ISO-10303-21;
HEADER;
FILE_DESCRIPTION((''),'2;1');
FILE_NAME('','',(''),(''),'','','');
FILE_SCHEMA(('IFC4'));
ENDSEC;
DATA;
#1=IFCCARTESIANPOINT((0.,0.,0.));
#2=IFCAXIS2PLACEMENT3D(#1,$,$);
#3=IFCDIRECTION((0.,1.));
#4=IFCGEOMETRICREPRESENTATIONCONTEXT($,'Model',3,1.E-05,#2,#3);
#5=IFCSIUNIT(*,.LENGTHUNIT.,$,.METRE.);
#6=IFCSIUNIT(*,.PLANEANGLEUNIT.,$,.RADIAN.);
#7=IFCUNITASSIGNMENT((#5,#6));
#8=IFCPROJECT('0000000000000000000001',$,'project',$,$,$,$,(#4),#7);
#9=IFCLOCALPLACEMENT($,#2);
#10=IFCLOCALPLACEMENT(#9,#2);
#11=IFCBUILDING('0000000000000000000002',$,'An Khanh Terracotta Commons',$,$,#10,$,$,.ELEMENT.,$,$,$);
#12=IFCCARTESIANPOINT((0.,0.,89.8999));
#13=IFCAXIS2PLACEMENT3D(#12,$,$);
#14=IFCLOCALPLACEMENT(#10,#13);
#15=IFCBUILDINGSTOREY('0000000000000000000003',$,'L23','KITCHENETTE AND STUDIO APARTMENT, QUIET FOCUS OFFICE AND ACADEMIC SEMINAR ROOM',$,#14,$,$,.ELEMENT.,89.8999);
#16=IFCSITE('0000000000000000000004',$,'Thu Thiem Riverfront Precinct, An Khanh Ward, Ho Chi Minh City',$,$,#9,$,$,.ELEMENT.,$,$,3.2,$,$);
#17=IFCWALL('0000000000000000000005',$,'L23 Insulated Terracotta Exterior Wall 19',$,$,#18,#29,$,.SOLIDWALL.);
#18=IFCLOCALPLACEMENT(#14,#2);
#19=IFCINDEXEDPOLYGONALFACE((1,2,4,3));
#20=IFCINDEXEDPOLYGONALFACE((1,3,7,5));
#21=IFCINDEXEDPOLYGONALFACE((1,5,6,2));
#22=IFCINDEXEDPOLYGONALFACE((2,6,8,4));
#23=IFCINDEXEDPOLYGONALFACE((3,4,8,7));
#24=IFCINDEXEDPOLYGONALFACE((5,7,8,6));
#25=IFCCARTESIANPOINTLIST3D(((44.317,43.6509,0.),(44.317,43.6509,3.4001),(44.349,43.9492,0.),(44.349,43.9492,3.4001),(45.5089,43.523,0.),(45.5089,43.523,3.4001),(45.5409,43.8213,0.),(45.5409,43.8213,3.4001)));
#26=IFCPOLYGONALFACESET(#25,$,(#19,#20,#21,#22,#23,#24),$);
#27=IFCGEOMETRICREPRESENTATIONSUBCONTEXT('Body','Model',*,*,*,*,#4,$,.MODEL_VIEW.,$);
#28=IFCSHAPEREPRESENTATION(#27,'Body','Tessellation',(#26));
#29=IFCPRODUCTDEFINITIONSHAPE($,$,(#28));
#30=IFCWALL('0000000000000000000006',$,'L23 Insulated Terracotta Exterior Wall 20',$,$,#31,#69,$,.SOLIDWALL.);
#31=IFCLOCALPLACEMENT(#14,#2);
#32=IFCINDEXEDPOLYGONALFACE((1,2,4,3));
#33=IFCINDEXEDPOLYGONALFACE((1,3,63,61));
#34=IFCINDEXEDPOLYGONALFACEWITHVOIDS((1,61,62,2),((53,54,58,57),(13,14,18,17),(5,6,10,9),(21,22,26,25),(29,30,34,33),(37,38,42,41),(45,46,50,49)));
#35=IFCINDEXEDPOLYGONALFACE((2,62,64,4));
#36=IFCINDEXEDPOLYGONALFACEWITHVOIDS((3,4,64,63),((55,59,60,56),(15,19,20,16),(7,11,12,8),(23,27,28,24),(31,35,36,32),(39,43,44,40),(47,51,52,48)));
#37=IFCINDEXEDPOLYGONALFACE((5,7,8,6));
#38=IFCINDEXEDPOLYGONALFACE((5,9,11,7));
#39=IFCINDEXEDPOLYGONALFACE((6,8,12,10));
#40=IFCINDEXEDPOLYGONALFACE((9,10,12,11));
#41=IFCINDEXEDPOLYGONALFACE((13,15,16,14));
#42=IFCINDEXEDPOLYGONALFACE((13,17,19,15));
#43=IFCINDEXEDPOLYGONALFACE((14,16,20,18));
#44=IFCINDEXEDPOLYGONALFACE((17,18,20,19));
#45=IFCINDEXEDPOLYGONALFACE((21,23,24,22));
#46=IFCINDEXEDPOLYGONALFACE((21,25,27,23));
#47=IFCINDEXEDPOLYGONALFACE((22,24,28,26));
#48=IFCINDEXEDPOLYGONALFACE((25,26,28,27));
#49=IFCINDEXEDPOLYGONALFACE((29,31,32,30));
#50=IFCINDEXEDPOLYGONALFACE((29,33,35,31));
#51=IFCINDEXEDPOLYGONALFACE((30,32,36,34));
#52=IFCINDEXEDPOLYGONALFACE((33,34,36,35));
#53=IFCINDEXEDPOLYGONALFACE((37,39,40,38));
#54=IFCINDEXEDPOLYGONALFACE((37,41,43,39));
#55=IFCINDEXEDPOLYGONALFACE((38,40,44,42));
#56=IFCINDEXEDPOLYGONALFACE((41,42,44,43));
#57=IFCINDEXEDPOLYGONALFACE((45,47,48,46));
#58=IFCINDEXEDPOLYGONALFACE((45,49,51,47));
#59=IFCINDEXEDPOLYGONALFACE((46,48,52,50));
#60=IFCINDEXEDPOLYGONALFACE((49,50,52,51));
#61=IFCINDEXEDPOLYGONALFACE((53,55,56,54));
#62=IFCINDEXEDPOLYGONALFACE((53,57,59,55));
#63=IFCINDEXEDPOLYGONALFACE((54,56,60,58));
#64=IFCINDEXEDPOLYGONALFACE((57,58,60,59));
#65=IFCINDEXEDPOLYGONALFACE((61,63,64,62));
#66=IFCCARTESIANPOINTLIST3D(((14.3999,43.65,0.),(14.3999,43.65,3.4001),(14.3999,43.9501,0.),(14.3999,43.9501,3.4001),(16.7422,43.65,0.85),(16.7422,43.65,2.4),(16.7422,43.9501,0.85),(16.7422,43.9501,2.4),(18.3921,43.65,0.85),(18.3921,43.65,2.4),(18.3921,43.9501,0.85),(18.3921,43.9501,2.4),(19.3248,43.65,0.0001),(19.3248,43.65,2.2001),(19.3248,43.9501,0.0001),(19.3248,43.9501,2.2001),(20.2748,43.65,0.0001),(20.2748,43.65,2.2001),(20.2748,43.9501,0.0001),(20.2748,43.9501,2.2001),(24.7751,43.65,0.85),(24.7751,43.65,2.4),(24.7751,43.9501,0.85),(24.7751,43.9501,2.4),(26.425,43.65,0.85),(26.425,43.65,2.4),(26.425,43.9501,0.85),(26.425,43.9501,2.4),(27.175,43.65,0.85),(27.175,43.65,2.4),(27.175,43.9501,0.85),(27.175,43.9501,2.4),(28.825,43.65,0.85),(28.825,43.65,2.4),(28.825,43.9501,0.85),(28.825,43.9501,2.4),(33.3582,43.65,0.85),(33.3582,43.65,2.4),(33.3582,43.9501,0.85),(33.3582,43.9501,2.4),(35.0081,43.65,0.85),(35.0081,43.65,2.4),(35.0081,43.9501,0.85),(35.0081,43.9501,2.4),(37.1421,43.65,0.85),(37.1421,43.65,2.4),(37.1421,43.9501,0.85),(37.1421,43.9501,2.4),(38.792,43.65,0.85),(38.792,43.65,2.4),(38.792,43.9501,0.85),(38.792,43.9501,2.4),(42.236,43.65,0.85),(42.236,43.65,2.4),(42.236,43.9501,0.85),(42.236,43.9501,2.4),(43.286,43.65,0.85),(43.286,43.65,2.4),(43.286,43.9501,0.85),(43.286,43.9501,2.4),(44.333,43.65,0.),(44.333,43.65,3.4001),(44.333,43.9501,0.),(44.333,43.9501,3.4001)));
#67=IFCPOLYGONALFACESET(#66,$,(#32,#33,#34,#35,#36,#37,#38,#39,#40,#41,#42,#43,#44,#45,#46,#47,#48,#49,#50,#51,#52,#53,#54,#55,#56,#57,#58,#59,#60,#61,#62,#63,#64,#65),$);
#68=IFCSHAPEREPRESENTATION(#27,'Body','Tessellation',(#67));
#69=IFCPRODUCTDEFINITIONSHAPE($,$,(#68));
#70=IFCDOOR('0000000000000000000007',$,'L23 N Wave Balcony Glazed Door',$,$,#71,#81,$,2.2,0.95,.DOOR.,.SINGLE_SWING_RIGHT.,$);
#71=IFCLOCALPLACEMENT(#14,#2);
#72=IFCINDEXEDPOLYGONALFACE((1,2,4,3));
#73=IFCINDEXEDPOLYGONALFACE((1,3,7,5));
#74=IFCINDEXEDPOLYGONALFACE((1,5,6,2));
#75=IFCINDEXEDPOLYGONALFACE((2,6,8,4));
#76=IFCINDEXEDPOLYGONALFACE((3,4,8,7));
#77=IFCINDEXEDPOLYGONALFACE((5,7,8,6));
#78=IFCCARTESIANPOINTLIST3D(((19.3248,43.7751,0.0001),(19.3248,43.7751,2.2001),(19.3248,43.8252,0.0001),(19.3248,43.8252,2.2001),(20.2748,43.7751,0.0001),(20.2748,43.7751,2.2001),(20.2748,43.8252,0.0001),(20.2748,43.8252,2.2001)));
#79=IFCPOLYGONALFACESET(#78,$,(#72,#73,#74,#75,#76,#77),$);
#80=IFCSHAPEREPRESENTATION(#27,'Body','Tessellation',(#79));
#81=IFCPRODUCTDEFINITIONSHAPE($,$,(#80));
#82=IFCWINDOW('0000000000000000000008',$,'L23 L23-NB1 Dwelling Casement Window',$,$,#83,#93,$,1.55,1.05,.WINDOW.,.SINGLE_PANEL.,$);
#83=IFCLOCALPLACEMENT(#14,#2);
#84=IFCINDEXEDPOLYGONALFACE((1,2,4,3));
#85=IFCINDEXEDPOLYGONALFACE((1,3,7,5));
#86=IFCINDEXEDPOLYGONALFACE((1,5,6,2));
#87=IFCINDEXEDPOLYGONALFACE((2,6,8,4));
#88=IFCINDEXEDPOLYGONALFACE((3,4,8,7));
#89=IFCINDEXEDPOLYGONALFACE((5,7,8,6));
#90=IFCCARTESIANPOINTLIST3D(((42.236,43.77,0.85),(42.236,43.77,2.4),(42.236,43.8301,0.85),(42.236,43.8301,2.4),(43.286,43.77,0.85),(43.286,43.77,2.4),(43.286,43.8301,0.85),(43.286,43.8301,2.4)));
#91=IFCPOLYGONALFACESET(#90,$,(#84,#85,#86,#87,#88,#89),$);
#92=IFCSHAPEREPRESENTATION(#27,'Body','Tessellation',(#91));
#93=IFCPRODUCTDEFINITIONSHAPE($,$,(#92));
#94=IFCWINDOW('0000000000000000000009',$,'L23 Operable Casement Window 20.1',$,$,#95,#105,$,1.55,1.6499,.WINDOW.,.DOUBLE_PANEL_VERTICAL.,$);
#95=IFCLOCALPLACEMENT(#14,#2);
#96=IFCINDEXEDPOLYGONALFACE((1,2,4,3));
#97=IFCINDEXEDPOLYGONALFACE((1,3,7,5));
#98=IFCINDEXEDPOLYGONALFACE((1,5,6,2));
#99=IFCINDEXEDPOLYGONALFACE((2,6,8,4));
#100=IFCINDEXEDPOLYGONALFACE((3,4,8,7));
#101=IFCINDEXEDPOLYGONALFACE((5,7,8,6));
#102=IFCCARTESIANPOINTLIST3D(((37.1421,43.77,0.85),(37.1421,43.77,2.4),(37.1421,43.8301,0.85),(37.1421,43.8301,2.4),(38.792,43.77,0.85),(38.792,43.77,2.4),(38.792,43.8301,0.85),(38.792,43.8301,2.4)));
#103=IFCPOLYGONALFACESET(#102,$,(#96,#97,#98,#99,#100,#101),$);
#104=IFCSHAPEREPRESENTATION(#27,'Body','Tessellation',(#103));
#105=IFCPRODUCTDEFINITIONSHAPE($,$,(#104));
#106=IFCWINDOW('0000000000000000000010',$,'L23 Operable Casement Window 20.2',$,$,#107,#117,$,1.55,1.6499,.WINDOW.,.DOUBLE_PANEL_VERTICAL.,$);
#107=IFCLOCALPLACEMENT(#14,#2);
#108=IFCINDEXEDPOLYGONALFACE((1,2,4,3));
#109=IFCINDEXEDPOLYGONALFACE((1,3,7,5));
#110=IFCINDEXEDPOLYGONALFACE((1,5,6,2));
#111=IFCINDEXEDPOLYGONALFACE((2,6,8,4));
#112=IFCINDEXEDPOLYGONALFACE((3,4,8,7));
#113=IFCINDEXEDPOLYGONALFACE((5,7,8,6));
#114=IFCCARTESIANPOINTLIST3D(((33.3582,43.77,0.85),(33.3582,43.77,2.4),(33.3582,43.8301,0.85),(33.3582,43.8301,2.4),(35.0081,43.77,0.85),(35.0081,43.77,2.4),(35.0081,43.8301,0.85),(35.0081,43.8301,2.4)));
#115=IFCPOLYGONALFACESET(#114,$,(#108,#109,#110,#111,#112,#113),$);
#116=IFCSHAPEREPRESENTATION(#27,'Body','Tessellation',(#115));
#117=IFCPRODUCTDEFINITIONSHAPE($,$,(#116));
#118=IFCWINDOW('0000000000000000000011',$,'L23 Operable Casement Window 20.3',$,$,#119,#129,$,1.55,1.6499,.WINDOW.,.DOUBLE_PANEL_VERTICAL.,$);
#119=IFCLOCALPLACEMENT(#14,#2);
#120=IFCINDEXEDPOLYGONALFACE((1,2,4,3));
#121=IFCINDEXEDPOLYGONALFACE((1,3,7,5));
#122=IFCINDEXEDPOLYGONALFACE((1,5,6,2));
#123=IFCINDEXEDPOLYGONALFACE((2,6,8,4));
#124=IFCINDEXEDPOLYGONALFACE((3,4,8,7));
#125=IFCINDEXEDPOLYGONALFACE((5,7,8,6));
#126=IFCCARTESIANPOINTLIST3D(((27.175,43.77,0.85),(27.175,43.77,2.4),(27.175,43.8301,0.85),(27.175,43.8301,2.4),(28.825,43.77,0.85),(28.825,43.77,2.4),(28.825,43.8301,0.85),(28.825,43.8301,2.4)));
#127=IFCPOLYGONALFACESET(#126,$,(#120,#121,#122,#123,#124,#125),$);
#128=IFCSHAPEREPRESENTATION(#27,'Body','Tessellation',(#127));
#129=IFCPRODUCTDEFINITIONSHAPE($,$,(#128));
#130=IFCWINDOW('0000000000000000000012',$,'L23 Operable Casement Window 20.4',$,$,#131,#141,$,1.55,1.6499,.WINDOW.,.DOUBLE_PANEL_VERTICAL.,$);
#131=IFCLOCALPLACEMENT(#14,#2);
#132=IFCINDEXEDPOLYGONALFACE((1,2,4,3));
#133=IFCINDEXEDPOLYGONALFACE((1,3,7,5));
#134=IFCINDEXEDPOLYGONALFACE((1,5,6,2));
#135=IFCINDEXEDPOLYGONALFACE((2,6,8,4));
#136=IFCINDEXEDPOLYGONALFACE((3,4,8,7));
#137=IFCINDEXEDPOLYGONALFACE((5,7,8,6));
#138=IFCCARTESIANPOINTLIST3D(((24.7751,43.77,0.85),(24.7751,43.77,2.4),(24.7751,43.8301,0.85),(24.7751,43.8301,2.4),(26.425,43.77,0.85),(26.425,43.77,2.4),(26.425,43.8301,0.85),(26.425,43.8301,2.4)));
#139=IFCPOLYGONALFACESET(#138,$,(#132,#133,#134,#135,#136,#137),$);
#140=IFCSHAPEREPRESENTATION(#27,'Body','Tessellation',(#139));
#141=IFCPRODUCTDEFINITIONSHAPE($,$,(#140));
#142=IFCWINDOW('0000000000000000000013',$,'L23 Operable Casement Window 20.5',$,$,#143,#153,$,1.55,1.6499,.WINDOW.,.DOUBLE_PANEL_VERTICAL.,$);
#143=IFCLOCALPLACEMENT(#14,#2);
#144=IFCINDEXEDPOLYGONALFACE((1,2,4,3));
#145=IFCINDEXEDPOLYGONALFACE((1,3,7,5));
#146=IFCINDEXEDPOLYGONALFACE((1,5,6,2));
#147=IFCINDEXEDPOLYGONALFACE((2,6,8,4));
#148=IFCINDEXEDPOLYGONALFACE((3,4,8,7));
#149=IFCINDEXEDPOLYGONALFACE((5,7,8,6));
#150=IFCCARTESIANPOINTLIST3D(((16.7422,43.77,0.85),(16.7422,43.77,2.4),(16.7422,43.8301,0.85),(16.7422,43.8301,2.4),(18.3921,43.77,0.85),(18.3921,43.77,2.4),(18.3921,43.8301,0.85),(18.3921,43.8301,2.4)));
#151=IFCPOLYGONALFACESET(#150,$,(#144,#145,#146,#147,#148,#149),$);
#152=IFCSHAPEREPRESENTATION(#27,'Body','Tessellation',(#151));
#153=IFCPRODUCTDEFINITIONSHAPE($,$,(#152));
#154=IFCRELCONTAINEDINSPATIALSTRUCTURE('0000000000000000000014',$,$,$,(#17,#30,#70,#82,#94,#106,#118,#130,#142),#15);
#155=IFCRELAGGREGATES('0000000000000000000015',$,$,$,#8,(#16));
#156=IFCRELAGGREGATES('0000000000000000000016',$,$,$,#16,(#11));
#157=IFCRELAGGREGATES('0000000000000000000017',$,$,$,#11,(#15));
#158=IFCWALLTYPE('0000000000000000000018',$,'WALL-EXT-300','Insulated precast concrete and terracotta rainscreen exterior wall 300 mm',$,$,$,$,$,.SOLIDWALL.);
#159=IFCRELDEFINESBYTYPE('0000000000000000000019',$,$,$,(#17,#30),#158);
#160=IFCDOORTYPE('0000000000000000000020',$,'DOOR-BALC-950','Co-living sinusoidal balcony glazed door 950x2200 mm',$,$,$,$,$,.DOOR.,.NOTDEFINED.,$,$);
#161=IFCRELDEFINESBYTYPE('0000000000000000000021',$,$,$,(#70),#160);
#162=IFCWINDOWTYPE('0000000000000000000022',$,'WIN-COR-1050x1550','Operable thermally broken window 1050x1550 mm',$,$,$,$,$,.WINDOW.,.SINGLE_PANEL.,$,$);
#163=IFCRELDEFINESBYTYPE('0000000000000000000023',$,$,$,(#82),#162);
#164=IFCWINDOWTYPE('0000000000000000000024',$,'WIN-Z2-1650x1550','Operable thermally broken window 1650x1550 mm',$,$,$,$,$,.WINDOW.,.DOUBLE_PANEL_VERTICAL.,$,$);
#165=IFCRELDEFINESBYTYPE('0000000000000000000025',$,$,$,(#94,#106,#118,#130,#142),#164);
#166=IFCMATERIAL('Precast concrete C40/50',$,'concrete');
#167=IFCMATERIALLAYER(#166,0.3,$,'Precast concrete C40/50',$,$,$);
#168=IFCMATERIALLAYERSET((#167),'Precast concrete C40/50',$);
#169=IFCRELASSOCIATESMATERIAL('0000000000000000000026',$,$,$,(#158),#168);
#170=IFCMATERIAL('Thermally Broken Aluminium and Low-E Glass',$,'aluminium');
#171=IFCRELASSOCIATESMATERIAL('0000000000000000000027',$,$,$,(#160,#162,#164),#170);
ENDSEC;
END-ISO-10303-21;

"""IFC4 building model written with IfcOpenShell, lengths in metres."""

from ifc_helpers import new_model, si_unit, direction, frame, frame_2d, origin, place, context, subcontext, project, spatial, rectangle, extrude, material, layer, layer_set, type_object, element, fill, save


model = new_model("IFC4")

# Units and contexts
model_context = context("Model", 3, precision=1e-05, world=origin(), true_north=direction((0.0, 1.0)))
body_context = subcontext(model_context, "Body", "Model", "MODEL_VIEW")
ifc_project = project(units=[si_unit("LENGTHUNIT", "METRE"), si_unit("PLANEANGLEUNIT", "RADIAN")], contexts=[model_context])

# Site, building, storey
site_placement = place(None, origin())
site = spatial("IfcSite", under=ifc_project, at=site_placement, Name="Thu Thiem Riverfront Precinct, An Khanh Ward, Ho Chi Minh City", CompositionType="ELEMENT", RefElevation=3.2)
building_placement = place(site_placement, origin())
building = spatial("IfcBuilding", under=site, at=building_placement, Name="An Khanh Terracotta Commons", CompositionType="ELEMENT")
storey_placement = place(building_placement, frame((0.0, 0.0, 89.8999)))
storey = spatial("IfcBuildingStorey", under=building, at=storey_placement, Name="L23", Description="KITCHENETTE AND STUDIO APARTMENT, QUIET FOCUS OFFICE AND ACADEMIC SEMINAR ROOM", CompositionType="ELEMENT", Elevation=89.8999)

# Wall
ifc_material_1 = material(Name="Precast concrete C40/50", Category="concrete")
ifc_layer_1 = layer(ifc_material_1, 0.3, Name="Precast concrete C40/50")
ifc_layer_set_1 = layer_set([ifc_layer_1], Name="Precast concrete C40/50")
wall_type_1 = type_object("IfcWallType", Name="WALL-EXT-300", Description="Insulated precast concrete and terracotta rainscreen exterior wall 300 mm", PredefinedType="SOLIDWALL", material=ifc_layer_set_1)
wall_1_placement = place(storey_placement, frame((45.5249, 43.6721, 0.0), z_axis=(0.0, 0.0, 1.0), x_axis=(-0.994289, 0.10672, 0.0)))
element("IfcWall", 1, at=wall_1_placement, inside=storey, type_object=wall_type_1, Name="L23 Insulated Terracotta Exterior Wall 19", PredefinedType="SOLIDWALL", context=body_context, shape_type="SweptSolid", body=[
    extrude(rectangle(XDim=1.1987, YDim=0.3, at=frame_2d((0.5994, 0.0))), origin(), (0.0, 0.0, 1.0), 3.4001),
])

# Wall, openings, door, windows
wall_2_placement = place(storey_placement, frame((44.333, 43.8, 0.0), z_axis=(0.0, 0.0, 1.0), x_axis=(-1.0, 0.0, 0.0)))
wall_2 = element("IfcWall", 2, at=wall_2_placement, inside=storey, type_object=wall_type_1, Name="L23 Insulated Terracotta Exterior Wall 20", PredefinedType="SOLIDWALL", context=body_context, shape_type="SweptSolid", body=[
    extrude(rectangle(XDim=29.9331, YDim=0.3, at=frame_2d((14.9666, 0.0))), origin(), (0.0, 0.0, 1.0), 3.4001),
])
opening_1_placement = place(wall_2_placement, frame((24.0581, 0.0, 0.0)))
opening_1 = element("IfcOpeningElement", 3, at=opening_1_placement, cuts=wall_2, PredefinedType="OPENING", context=body_context, shape_type="SweptSolid", body=[
    extrude(rectangle(XDim=0.95, YDim=2.2, at=frame_2d((0.4751, 1.1001))), frame((0.0, 0.1599, 0.0), z_axis=(0.0, -1.0, 0.0), x_axis=(1.0, 0.0, 0.0)), (0.0, 0.0, 1.0), 0.3201),
])
opening_2_placement = place(wall_2_placement, frame((5.541, 0.0, 0.8501)))
opening_2 = element("IfcOpeningElement", 4, at=opening_2_placement, cuts=wall_2, PredefinedType="OPENING", context=body_context, shape_type="SweptSolid", body=[
    extrude(rectangle(XDim=1.6499, YDim=1.55, at=frame_2d((0.825, 0.7749))), frame((0.0, 0.1599, 0.0), z_axis=(0.0, -1.0, 0.0), x_axis=(1.0, 0.0, 0.0)), (0.0, 0.0, 1.0), 0.3201),
])
opening_3_placement = place(wall_2_placement, frame((9.325, 0.0, 0.8501)))
opening_3 = element("IfcOpeningElement", 5, at=opening_3_placement, cuts=wall_2, PredefinedType="OPENING", context=body_context, shape_type="SweptSolid", body=[
    extrude(rectangle(XDim=1.6499, YDim=1.55, at=frame_2d((0.825, 0.7749))), frame((0.0, 0.1599, 0.0), z_axis=(0.0, -1.0, 0.0), x_axis=(1.0, 0.0, 0.0)), (0.0, 0.0, 1.0), 0.3201),
])
opening_4_placement = place(wall_2_placement, frame((15.5081, 0.0, 0.8501)))
opening_4 = element("IfcOpeningElement", 6, at=opening_4_placement, cuts=wall_2, PredefinedType="OPENING", context=body_context, shape_type="SweptSolid", body=[
    extrude(rectangle(XDim=1.6499, YDim=1.55, at=frame_2d((0.825, 0.7749))), frame((0.0, 0.1599, 0.0), z_axis=(0.0, -1.0, 0.0), x_axis=(1.0, 0.0, 0.0)), (0.0, 0.0, 1.0), 0.3201),
])
opening_5_placement = place(wall_2_placement, frame((17.908, 0.0, 0.8501)))
opening_5 = element("IfcOpeningElement", 7, at=opening_5_placement, cuts=wall_2, PredefinedType="OPENING", context=body_context, shape_type="SweptSolid", body=[
    extrude(rectangle(XDim=1.6499, YDim=1.55, at=frame_2d((0.825, 0.7749))), frame((0.0, 0.1599, 0.0), z_axis=(0.0, -1.0, 0.0), x_axis=(1.0, 0.0, 0.0)), (0.0, 0.0, 1.0), 0.3201),
])
opening_6_placement = place(wall_2_placement, frame((25.9409, 0.0, 0.8501)))
opening_6 = element("IfcOpeningElement", 8, at=opening_6_placement, cuts=wall_2, PredefinedType="OPENING", context=body_context, shape_type="SweptSolid", body=[
    extrude(rectangle(XDim=1.6499, YDim=1.55, at=frame_2d((0.825, 0.7749))), frame((0.0, 0.1599, 0.0), z_axis=(0.0, -1.0, 0.0), x_axis=(1.0, 0.0, 0.0)), (0.0, 0.0, 1.0), 0.3201),
])
opening_7_placement = place(wall_2_placement, frame((1.0471, 0.0, 0.8501)))
opening_7 = element("IfcOpeningElement", 9, at=opening_7_placement, cuts=wall_2, PredefinedType="OPENING", context=body_context, shape_type="SweptSolid", body=[
    extrude(rectangle(XDim=1.05, YDim=1.55, at=frame_2d((0.5249, 0.7749))), frame((0.0, 0.1599, 0.0), z_axis=(0.0, -1.0, 0.0), x_axis=(1.0, 0.0, 0.0)), (0.0, 0.0, 1.0), 0.3201),
])
ifc_material_2 = material(Name="Thermally Broken Aluminium and Low-E Glass", Category="aluminium")
door_type = type_object("IfcDoorType", Name="DOOR-BALC-950", Description="Co-living sinusoidal balcony glazed door 950x2200 mm", OperationType="NOTDEFINED", PredefinedType="DOOR", material=ifc_material_2)
door_placement = place(opening_1_placement, origin())
door = element("IfcDoor", 10, at=door_placement, inside=storey, type_object=door_type, Name="L23 N Wave Balcony Glazed Door", OperationType="SINGLE_SWING_RIGHT", OverallHeight=2.2, OverallWidth=0.95, PredefinedType="DOOR", context=body_context, shape_type="SweptSolid", body=[
    extrude(rectangle(XDim=0.95, YDim=2.2, at=frame_2d((0.4751, 1.1001))), frame((0.0, 0.0249, 0.0), z_axis=(0.0, -1.0, 0.0), x_axis=(1.0, 0.0, 0.0)), (0.0, 0.0, 1.0), 0.05),
])
fill(opening_1, door)
window_type_1 = type_object("IfcWindowType", Name="WIN-COR-1050x1550", Description="Operable thermally broken window 1050x1550 mm", PartitioningType="SINGLE_PANEL", PredefinedType="WINDOW", material=ifc_material_2)
window_1_placement = place(opening_7_placement, origin())
window_1 = element("IfcWindow", 11, at=window_1_placement, inside=storey, type_object=window_type_1, Name="L23 L23-NB1 Dwelling Casement Window", OverallHeight=1.55, OverallWidth=1.05, PartitioningType="SINGLE_PANEL", PredefinedType="WINDOW", context=body_context, shape_type="SweptSolid", body=[
    extrude(rectangle(XDim=1.05, YDim=1.55, at=frame_2d((0.5249, 0.7749))), frame((0.0, 0.03, 0.0), z_axis=(0.0, -1.0, 0.0), x_axis=(1.0, 0.0, 0.0)), (0.0, 0.0, 1.0), 0.0601),
])
fill(opening_7, window_1)
window_type_2 = type_object("IfcWindowType", Name="WIN-Z2-1650x1550", Description="Operable thermally broken window 1650x1550 mm", PartitioningType="DOUBLE_PANEL_VERTICAL", PredefinedType="WINDOW", material=ifc_material_2)
window_2_placement = place(opening_2_placement, origin())
window_2 = element("IfcWindow", 12, at=window_2_placement, inside=storey, type_object=window_type_2, Name="L23 Operable Casement Window 20.1", OverallHeight=1.55, OverallWidth=1.6499, PartitioningType="DOUBLE_PANEL_VERTICAL", PredefinedType="WINDOW", context=body_context, shape_type="SweptSolid", body=[
    extrude(rectangle(XDim=1.6499, YDim=1.55, at=frame_2d((0.825, 0.7749))), frame((0.0, 0.03, 0.0), z_axis=(0.0, -1.0, 0.0), x_axis=(1.0, 0.0, 0.0)), (0.0, 0.0, 1.0), 0.0601),
])
fill(opening_2, window_2)
window_3_placement = place(opening_3_placement, origin())
window_3 = element("IfcWindow", 13, at=window_3_placement, inside=storey, type_object=window_type_2, Name="L23 Operable Casement Window 20.2", OverallHeight=1.55, OverallWidth=1.6499, PartitioningType="DOUBLE_PANEL_VERTICAL", PredefinedType="WINDOW", context=body_context, shape_type="SweptSolid", body=[
    extrude(rectangle(XDim=1.6499, YDim=1.55, at=frame_2d((0.825, 0.7749))), frame((0.0, 0.03, 0.0), z_axis=(0.0, -1.0, 0.0), x_axis=(1.0, 0.0, 0.0)), (0.0, 0.0, 1.0), 0.0601),
])
fill(opening_3, window_3)
window_4_placement = place(opening_4_placement, origin())
window_4 = element("IfcWindow", 14, at=window_4_placement, inside=storey, type_object=window_type_2, Name="L23 Operable Casement Window 20.3", OverallHeight=1.55, OverallWidth=1.6499, PartitioningType="DOUBLE_PANEL_VERTICAL", PredefinedType="WINDOW", context=body_context, shape_type="SweptSolid", body=[
    extrude(rectangle(XDim=1.6499, YDim=1.55, at=frame_2d((0.825, 0.7749))), frame((0.0, 0.03, 0.0), z_axis=(0.0, -1.0, 0.0), x_axis=(1.0, 0.0, 0.0)), (0.0, 0.0, 1.0), 0.0601),
])
fill(opening_4, window_4)
window_5_placement = place(opening_5_placement, origin())
window_5 = element("IfcWindow", 15, at=window_5_placement, inside=storey, type_object=window_type_2, Name="L23 Operable Casement Window 20.4", OverallHeight=1.55, OverallWidth=1.6499, PartitioningType="DOUBLE_PANEL_VERTICAL", PredefinedType="WINDOW", context=body_context, shape_type="SweptSolid", body=[
    extrude(rectangle(XDim=1.6499, YDim=1.55, at=frame_2d((0.825, 0.7749))), frame((0.0, 0.03, 0.0), z_axis=(0.0, -1.0, 0.0), x_axis=(1.0, 0.0, 0.0)), (0.0, 0.0, 1.0), 0.0601),
])
fill(opening_5, window_5)
window_6_placement = place(opening_6_placement, origin())
window_6 = element("IfcWindow", 16, at=window_6_placement, inside=storey, type_object=window_type_2, Name="L23 Operable Casement Window 20.5", OverallHeight=1.55, OverallWidth=1.6499, PartitioningType="DOUBLE_PANEL_VERTICAL", PredefinedType="WINDOW", context=body_context, shape_type="SweptSolid", body=[
    extrude(rectangle(XDim=1.6499, YDim=1.55, at=frame_2d((0.825, 0.7749))), frame((0.0, 0.03, 0.0), z_axis=(0.0, -1.0, 0.0), x_axis=(1.0, 0.0, 0.0)), (0.0, 0.0, 1.0), 0.0601),
])
fill(opening_6, window_6)

save(model, "model.ifc")
